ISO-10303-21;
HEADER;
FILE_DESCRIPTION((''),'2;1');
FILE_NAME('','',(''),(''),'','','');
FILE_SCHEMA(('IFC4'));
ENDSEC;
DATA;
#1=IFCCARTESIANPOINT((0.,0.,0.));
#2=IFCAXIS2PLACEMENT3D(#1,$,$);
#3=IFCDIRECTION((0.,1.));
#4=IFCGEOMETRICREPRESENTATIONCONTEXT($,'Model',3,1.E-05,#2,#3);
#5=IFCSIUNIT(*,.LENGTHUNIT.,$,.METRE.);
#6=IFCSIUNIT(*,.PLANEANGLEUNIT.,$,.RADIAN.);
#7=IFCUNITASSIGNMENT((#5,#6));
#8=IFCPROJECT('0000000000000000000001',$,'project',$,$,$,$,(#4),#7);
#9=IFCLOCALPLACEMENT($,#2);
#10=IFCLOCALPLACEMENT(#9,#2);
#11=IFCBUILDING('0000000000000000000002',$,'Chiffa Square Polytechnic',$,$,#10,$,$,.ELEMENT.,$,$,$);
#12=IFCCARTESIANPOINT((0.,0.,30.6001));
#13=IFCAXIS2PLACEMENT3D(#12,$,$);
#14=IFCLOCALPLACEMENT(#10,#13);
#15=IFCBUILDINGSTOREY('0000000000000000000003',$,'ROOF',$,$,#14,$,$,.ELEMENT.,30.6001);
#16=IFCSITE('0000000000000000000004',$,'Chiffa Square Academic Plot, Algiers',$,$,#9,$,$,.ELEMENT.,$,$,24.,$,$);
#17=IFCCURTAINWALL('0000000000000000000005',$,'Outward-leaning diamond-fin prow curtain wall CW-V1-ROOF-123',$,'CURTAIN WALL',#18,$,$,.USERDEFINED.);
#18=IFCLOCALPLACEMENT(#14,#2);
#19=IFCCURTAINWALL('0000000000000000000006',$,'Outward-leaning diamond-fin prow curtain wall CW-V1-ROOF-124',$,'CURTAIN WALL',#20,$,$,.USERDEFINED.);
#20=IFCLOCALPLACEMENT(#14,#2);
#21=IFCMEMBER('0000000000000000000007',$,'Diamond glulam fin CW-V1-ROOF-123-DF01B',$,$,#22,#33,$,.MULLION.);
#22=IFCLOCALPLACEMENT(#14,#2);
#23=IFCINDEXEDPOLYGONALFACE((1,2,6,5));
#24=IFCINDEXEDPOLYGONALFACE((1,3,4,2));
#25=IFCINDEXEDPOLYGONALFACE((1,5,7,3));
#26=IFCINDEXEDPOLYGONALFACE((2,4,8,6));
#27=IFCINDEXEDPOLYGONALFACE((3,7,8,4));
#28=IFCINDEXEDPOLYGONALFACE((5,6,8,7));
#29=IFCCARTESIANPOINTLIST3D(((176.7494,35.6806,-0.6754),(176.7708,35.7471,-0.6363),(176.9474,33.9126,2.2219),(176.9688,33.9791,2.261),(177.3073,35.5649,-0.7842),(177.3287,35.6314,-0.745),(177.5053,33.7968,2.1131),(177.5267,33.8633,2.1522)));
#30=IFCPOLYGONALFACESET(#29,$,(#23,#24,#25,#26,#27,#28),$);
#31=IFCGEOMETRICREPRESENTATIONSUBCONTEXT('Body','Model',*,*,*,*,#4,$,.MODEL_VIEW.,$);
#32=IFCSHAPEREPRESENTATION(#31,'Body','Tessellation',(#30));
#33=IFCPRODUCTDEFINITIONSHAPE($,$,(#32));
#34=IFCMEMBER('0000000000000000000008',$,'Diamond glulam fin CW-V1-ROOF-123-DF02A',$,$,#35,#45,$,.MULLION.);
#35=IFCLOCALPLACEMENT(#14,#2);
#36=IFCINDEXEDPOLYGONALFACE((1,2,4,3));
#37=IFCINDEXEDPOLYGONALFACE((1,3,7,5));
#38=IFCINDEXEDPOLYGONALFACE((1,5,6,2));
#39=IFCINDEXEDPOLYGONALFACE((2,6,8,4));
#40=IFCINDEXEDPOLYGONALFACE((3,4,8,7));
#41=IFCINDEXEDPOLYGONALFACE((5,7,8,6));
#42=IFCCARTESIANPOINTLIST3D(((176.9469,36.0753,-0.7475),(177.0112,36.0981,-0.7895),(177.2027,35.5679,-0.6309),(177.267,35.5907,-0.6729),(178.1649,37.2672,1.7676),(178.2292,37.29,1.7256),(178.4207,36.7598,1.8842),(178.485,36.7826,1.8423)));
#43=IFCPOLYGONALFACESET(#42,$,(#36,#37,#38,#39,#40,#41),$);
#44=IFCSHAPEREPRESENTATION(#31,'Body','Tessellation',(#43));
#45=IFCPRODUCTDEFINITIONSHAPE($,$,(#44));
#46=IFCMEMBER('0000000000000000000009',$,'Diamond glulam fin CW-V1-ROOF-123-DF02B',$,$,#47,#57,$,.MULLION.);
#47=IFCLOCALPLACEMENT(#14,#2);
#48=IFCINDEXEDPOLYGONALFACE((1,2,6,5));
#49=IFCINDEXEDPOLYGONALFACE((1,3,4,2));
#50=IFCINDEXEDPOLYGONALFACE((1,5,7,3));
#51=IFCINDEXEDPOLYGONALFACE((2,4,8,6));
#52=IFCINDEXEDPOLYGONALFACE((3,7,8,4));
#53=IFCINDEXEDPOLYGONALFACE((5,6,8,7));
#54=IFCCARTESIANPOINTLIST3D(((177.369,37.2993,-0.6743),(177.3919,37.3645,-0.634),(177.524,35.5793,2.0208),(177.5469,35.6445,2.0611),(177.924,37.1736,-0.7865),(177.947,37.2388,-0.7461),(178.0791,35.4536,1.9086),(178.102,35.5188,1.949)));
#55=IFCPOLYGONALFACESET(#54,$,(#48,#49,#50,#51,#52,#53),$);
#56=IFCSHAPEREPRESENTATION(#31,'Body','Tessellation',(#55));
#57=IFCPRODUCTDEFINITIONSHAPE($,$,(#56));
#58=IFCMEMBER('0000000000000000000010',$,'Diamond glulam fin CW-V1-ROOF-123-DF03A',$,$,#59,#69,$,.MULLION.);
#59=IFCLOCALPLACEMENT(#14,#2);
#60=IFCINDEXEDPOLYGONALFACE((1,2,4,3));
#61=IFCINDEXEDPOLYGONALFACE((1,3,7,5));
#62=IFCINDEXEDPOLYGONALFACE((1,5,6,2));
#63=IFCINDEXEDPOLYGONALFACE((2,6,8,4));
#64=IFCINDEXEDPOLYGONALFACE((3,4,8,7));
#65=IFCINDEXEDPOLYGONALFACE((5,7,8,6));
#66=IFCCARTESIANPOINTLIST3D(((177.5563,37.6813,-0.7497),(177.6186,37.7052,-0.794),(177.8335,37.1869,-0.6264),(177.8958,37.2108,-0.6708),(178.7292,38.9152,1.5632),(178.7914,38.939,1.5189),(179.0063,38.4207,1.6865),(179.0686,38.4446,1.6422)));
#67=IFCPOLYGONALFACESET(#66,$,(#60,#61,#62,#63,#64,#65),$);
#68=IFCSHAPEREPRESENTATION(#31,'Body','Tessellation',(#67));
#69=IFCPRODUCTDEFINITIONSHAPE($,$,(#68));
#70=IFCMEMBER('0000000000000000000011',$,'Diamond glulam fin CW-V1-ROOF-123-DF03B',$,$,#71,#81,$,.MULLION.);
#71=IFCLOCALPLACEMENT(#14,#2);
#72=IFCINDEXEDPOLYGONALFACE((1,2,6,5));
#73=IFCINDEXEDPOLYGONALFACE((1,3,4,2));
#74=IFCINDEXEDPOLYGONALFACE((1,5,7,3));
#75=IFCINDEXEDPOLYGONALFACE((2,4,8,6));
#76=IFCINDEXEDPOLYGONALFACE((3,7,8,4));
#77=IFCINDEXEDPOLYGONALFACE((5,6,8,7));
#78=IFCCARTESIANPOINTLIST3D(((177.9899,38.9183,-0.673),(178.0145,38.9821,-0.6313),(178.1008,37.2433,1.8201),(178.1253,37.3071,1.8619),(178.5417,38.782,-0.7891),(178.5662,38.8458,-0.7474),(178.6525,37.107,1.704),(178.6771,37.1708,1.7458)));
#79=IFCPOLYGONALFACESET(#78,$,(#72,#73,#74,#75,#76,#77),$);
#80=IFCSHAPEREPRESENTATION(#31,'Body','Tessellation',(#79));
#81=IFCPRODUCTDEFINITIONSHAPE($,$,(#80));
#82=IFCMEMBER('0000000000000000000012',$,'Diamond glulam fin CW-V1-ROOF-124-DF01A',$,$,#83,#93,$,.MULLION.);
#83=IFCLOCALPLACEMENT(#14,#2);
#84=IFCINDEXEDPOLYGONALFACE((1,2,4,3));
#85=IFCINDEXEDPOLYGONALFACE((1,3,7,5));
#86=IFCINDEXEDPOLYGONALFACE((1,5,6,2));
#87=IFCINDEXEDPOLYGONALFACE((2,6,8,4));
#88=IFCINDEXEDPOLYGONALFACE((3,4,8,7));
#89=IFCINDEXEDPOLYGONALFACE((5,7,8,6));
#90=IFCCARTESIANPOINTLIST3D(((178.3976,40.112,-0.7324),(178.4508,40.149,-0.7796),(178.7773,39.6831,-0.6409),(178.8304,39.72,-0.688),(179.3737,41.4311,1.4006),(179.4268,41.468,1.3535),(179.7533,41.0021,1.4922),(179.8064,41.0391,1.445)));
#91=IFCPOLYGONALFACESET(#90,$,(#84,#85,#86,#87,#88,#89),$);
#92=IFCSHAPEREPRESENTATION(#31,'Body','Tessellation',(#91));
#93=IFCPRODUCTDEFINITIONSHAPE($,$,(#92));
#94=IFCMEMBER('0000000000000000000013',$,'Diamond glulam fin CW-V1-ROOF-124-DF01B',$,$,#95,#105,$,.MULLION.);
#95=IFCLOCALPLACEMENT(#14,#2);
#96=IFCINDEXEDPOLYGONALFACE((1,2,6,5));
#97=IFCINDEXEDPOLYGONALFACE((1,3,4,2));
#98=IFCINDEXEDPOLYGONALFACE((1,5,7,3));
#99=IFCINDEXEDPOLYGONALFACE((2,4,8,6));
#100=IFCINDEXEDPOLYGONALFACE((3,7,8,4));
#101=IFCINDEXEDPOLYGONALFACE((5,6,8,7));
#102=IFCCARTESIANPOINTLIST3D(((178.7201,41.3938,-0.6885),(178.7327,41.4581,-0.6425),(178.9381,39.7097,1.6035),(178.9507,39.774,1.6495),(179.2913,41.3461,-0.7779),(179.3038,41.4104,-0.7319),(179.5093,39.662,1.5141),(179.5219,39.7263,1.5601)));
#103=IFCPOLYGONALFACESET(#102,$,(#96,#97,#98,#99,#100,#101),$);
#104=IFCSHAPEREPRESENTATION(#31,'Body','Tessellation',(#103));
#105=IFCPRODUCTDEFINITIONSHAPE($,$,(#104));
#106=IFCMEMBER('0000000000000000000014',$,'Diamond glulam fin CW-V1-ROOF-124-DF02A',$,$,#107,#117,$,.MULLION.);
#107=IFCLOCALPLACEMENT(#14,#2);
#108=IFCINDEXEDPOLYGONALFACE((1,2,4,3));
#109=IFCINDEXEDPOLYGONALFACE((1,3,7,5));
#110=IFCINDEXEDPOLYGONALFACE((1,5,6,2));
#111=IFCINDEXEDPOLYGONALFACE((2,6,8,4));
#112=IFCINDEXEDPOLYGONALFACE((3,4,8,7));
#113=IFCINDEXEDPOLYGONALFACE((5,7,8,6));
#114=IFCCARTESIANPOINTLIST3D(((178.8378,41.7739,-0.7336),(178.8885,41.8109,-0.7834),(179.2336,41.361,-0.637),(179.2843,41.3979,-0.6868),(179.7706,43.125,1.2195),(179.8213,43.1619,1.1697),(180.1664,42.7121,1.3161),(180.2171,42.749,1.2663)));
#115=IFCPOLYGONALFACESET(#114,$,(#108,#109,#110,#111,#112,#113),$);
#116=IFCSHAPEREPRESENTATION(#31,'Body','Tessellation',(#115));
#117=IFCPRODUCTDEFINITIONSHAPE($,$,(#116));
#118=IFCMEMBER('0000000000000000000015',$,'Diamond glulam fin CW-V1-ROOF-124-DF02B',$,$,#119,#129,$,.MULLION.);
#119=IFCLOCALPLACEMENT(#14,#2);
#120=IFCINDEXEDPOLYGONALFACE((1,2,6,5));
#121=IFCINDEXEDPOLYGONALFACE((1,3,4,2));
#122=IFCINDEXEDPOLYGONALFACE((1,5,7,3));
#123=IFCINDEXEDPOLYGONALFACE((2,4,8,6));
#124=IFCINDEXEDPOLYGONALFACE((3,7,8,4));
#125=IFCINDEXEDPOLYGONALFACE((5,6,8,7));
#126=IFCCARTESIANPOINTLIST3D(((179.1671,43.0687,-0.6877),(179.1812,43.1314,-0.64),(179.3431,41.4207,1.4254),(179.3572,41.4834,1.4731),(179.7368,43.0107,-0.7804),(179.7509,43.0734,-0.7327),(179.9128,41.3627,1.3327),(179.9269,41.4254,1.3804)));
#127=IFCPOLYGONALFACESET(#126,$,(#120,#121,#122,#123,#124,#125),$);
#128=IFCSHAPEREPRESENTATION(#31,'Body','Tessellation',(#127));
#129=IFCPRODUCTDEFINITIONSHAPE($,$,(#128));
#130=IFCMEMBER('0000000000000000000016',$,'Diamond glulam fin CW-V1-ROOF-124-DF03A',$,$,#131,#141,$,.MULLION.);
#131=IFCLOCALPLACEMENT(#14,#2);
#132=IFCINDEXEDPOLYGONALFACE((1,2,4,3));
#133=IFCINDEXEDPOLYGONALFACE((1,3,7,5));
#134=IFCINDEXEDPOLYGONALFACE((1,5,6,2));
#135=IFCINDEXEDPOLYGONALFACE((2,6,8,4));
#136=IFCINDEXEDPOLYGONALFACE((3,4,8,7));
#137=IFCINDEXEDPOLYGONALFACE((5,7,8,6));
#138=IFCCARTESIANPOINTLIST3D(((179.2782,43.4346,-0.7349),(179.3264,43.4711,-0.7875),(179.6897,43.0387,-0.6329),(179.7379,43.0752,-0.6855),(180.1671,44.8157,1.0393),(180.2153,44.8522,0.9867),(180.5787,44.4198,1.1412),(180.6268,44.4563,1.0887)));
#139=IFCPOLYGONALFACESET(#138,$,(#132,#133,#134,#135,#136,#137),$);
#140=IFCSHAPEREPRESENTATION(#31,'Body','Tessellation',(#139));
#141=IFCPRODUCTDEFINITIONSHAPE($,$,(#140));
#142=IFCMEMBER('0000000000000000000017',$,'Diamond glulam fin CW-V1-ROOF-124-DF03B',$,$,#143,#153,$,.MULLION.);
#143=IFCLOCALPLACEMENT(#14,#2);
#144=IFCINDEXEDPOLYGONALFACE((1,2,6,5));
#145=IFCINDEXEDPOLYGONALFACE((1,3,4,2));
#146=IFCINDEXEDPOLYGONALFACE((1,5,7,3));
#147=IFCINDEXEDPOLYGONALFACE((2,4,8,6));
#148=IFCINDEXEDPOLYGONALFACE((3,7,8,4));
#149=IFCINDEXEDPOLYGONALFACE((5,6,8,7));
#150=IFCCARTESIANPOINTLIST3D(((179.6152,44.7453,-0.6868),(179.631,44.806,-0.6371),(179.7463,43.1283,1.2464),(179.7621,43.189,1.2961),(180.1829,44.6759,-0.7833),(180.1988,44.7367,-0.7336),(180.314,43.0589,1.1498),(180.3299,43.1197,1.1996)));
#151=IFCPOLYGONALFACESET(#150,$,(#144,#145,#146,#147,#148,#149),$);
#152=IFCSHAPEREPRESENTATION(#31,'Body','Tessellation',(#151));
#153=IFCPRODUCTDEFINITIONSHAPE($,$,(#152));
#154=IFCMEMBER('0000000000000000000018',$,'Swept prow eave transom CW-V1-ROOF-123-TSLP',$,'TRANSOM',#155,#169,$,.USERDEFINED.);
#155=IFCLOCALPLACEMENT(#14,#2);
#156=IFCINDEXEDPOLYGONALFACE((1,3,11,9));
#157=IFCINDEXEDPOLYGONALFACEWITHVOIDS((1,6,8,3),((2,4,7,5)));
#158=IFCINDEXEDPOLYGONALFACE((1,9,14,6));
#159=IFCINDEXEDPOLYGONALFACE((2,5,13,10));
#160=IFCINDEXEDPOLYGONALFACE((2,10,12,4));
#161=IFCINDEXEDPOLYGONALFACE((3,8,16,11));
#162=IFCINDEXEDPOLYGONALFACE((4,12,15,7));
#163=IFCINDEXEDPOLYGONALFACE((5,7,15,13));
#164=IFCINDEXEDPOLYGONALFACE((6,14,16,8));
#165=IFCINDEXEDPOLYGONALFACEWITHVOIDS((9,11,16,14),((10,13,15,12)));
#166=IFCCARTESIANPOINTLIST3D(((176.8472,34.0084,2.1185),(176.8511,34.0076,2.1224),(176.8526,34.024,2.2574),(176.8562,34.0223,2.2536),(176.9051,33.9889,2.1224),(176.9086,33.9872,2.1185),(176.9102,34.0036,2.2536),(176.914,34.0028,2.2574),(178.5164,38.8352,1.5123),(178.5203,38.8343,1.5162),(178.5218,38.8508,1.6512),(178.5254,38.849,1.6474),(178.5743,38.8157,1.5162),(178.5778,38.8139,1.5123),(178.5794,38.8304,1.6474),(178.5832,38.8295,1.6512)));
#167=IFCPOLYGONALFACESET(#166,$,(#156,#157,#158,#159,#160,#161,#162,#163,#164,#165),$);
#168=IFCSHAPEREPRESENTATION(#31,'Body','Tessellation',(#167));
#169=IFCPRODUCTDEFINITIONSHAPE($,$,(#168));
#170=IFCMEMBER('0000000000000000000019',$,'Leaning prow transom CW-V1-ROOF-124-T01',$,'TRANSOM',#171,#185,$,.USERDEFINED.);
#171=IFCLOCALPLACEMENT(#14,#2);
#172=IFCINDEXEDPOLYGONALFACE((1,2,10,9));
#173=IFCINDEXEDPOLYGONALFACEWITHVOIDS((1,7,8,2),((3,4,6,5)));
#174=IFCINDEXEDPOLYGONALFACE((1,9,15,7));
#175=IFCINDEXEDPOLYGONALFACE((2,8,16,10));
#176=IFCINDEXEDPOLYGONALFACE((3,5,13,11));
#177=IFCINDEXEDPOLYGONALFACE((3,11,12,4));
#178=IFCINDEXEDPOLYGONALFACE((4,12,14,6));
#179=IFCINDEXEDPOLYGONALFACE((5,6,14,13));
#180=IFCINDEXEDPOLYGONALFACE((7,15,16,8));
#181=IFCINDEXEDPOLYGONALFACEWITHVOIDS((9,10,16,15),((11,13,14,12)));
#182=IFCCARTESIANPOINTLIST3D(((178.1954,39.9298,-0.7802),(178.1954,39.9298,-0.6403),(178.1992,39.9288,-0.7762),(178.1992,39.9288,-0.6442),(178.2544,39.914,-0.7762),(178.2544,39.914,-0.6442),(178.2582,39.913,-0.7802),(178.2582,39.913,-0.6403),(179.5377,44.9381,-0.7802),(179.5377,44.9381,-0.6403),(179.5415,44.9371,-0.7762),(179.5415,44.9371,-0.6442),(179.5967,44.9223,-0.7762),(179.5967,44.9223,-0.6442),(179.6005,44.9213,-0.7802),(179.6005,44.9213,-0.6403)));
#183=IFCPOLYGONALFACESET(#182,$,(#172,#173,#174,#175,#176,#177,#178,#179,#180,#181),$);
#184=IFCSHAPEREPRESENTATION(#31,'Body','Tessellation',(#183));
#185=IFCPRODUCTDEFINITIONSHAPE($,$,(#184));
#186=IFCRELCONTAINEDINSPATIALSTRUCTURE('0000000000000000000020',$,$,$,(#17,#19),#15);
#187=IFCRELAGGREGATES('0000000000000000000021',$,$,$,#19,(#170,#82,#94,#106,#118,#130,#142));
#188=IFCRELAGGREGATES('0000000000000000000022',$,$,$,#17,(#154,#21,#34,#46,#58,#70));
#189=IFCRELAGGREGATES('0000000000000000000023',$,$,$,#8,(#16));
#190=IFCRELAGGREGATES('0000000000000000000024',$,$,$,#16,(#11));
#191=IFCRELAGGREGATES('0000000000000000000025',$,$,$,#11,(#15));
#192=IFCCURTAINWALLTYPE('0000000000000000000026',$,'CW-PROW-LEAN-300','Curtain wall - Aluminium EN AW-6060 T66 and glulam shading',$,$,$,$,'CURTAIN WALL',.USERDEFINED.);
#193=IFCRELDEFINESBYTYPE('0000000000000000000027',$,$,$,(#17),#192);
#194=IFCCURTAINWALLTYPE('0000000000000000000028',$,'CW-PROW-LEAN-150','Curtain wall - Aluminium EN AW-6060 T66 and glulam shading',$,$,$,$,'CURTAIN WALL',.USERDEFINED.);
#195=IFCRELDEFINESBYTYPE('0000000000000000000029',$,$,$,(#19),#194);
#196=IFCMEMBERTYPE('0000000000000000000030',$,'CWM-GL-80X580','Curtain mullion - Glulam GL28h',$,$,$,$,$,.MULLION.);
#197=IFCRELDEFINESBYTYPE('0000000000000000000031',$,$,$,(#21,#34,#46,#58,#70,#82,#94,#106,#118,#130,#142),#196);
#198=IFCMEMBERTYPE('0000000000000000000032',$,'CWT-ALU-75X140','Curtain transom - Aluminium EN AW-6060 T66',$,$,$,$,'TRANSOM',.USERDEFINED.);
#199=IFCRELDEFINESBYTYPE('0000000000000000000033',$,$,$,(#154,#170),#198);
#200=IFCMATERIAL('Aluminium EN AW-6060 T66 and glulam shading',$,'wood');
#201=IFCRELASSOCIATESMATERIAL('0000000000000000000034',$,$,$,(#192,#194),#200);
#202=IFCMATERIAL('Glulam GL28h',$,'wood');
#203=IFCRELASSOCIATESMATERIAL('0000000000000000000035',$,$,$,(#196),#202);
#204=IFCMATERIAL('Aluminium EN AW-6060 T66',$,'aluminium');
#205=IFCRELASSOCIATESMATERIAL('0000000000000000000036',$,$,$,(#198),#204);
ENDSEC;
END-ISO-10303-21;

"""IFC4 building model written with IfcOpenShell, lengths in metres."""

from ifc_helpers import new_model, si_unit, direction, frame, origin, origin_2d, place, context, subcontext, project, spatial, rectangle, hollow_rectangle, extrude, material, material_profile, profile_set, type_object, element, aggregate, save


model = new_model("IFC4")

# Units and contexts
model_context = context("Model", 3, precision=1e-05, world=origin(), true_north=direction((0.0, 1.0)))
body_context = subcontext(model_context, "Body", "Model", "MODEL_VIEW")
ifc_project = project(units=[si_unit("LENGTHUNIT", "METRE"), si_unit("PLANEANGLEUNIT", "RADIAN")], contexts=[model_context])

# Site, building, storey
site_placement = place(None, origin())
site = spatial("IfcSite", under=ifc_project, at=site_placement, Name="Chiffa Square Academic Plot, Algiers", CompositionType="ELEMENT", RefElevation=24.0)
building_placement = place(site_placement, origin())
building = spatial("IfcBuilding", under=site, at=building_placement, Name="Chiffa Square Polytechnic", CompositionType="ELEMENT")
storey_placement = place(building_placement, frame((0.0, 0.0, 30.6001)))
storey = spatial("IfcBuildingStorey", under=building, at=storey_placement, Name="ROOF", CompositionType="ELEMENT", Elevation=30.6001)

# Curtain walls
ifc_material_1 = material(Name="Aluminium EN AW-6060 T66 and glulam shading", Category="wood")
curtain_wall_type_1 = type_object("IfcCurtainWallType", Name="CW-PROW-LEAN-300", Description="Curtain wall - Aluminium EN AW-6060 T66 and glulam shading", ElementType="CURTAIN WALL", PredefinedType="USERDEFINED", material=ifc_material_1)
curtain_wall_1_placement = place(storey_placement, origin())
curtain_wall_1 = element("IfcCurtainWall", 1, at=curtain_wall_1_placement, inside=storey, type_object=curtain_wall_type_1, Name="Outward-leaning diamond-fin prow curtain wall CW-V1-ROOF-123", ObjectType="CURTAIN WALL", PredefinedType="USERDEFINED")
ifc_material_2 = material(Name="Aluminium EN AW-6060 T66", Category="aluminium")
curtain_wall_type_2 = type_object("IfcCurtainWallType", Name="CW-PROW-LEAN-150", Description="Curtain wall - Aluminium EN AW-6060 T66 and glulam shading", ElementType="CURTAIN WALL", PredefinedType="USERDEFINED", material=ifc_material_1)
curtain_wall_2_placement = place(storey_placement, origin())
curtain_wall_2 = element("IfcCurtainWall", 2, at=curtain_wall_2_placement, inside=storey, type_object=curtain_wall_type_2, Name="Outward-leaning diamond-fin prow curtain wall CW-V1-ROOF-124", ObjectType="CURTAIN WALL", PredefinedType="USERDEFINED")

# Members
ifc_material_3 = material(Name="Glulam GL28h", Category="wood")
ifc_material_profile_1 = material_profile(ifc_material_3, rectangle(XDim=0.0801, YDim=0.5801, at=origin_2d()), Name="GL28h 80x580")
ifc_profile_set_1 = profile_set([ifc_material_profile_1], Name="Glulam GL28h")
member_type_1 = type_object("IfcMemberType", Name="CWM-GL-80X580", Description="Curtain mullion - Glulam GL28h", PredefinedType="MULLION", material=ifc_profile_set_1)
member_1_placement = place(storey_placement, frame((177.0391, 35.656, -0.7102), z_axis=(0.058237, -0.520039, 0.852155), x_axis=(0.267604, 0.830496, 0.488533)))
member_1 = element("IfcMember", 3, at=member_1_placement, type_object=member_type_1, Name="Diamond glulam fin CW-V1-ROOF-123-DF01B", PredefinedType="MULLION", context=body_context, shape_type="SweptSolid", body=[
    extrude(rectangle(XDim=0.0801, YDim=0.5801, at=origin_2d()), origin(), (0.0, 0.0, 1.0), 3.3999),
])
member_2_placement = place(storey_placement, frame((177.1069, 35.833, -0.7102), z_axis=(0.400913, 0.392315, 0.827863), x_axis=(-0.803041, -0.284414, 0.523673)))
member_2 = element("IfcMember", 4, at=member_2_placement, type_object=member_type_1, Name="Diamond glulam fin CW-V1-ROOF-123-DF02A", PredefinedType="MULLION", context=body_context, shape_type="SweptSolid", body=[
    extrude(rectangle(XDim=0.0801, YDim=0.5801, at=origin_2d()), origin(), (0.0, 0.0, 1.0), 3.0381),
])
member_3_placement = place(storey_placement, frame((177.658, 37.269, -0.7102), z_axis=(0.048433, -0.537341, 0.841973), x_axis=(0.286357, 0.815047, 0.503684)))
member_3 = element("IfcMember", 5, at=member_3_placement, type_object=member_type_1, Name="Diamond glulam fin CW-V1-ROOF-123-DF02B", PredefinedType="MULLION", context=body_context, shape_type="SweptSolid", body=[
    extrude(rectangle(XDim=0.0801, YDim=0.5801, at=origin_2d()), origin(), (0.0, 0.0, 1.0), 3.2009),
])
member_4_placement = place(storey_placement, frame((177.7261, 37.446, -0.7102), z_axis=(0.408385, 0.429637, 0.805378), x_axis=(-0.777761, -0.298072, 0.55339)))
member_4 = element("IfcMember", 6, at=member_4_placement, type_object=member_type_1, Name="Diamond glulam fin CW-V1-ROOF-123-DF03A", PredefinedType="MULLION", context=body_context, shape_type="SweptSolid", body=[
    extrude(rectangle(XDim=0.0801, YDim=0.5801, at=origin_2d()), origin(), (0.0, 0.0, 1.0), 2.8718),
])
member_5_placement = place(storey_placement, frame((178.2781, 38.8821, -0.7102), z_axis=(0.036877, -0.5573, 0.829492), x_axis=(0.306455, 0.79637, 0.521422)))
member_5 = element("IfcMember", 7, at=member_5_placement, type_object=member_type_1, Name="Diamond glulam fin CW-V1-ROOF-123-DF03B", PredefinedType="MULLION", context=body_context, shape_type="SweptSolid", body=[
    extrude(rectangle(XDim=0.0801, YDim=0.5801, at=origin_2d()), origin(), (0.0, 0.0, 1.0), 3.0056),
])
member_6_placement = place(storey_placement, frame((178.614, 39.916, -0.7102), z_axis=(0.362689, 0.490147, 0.792599), x_axis=(-0.663444, -0.461476, 0.588967)))
member_6 = element("IfcMember", 8, at=member_6_placement, type_object=member_type_1, Name="Diamond glulam fin CW-V1-ROOF-124-DF01A", PredefinedType="MULLION", context=body_context, shape_type="SweptSolid", body=[
    extrude(rectangle(XDim=0.0801, YDim=0.5801, at=origin_2d()), origin(), (0.0, 0.0, 1.0), 2.6912),
])
member_7_placement = place(storey_placement, frame((179.012, 41.4021, -0.7102), z_axis=(0.07643, -0.590383, 0.803496), x_axis=(0.157034, 0.802924, 0.575025)))
member_7 = element("IfcMember", 9, at=member_7_placement, type_object=member_type_1, Name="Diamond glulam fin CW-V1-ROOF-124-DF01B", PredefinedType="MULLION", context=body_context, shape_type="SweptSolid", body=[
    extrude(rectangle(XDim=0.0801, YDim=0.5801, at=origin_2d()), origin(), (0.0, 0.0, 1.0), 2.8525),
])
member_8_placement = place(storey_placement, frame((179.061, 41.5859, -0.7102), z_axis=(0.365608, 0.529514, 0.765471), x_axis=(-0.633089, -0.461389, 0.621545)))
member_8 = element("IfcMember", 10, at=member_8_placement, type_object=member_type_1, Name="Diamond glulam fin CW-V1-ROOF-124-DF02A", PredefinedType="MULLION", context=body_context, shape_type="SweptSolid", body=[
    extrude(rectangle(XDim=0.0801, YDim=0.5801, at=origin_2d()), origin(), (0.0, 0.0, 1.0), 2.5515),
])
member_9_placement = place(storey_placement, frame((179.459, 43.071, -0.7102), z_axis=(0.065548, -0.613658, 0.786846), x_axis=(0.176631, 0.783225, 0.59612)))
member_9 = element("IfcMember", 11, at=member_9_placement, type_object=member_type_1, Name="Diamond glulam fin CW-V1-ROOF-124-DF02B", PredefinedType="MULLION", context=body_context, shape_type="SweptSolid", body=[
    extrude(rectangle(XDim=0.0801, YDim=0.5801, at=origin_2d()), origin(), (0.0, 0.0, 1.0), 2.6855),
])
member_10_placement = place(storey_placement, frame((179.5081, 43.2549, -0.7102), z_axis=(0.367669, 0.571246, 0.733824), x_axis=(-0.601261, -0.455958, 0.656192)))
member_10 = element("IfcMember", 12, at=member_10_placement, type_object=member_type_1, Name="Diamond glulam fin CW-V1-ROOF-124-DF03A", PredefinedType="MULLION", context=body_context, shape_type="SweptSolid", body=[
    extrude(rectangle(XDim=0.0801, YDim=0.5801, at=origin_2d()), origin(), (0.0, 0.0, 1.0), 2.4177),
])
member_11_placement = place(storey_placement, frame((179.907, 44.741, -0.7102), z_axis=(0.051951, -0.640727, 0.766009), x_axis=(0.198176, 0.758404, 0.620926)))
member_11 = element("IfcMember", 13, at=member_11_placement, type_object=member_type_1, Name="Diamond glulam fin CW-V1-ROOF-124-DF03B", PredefinedType="MULLION", context=body_context, shape_type="SweptSolid", body=[
    extrude(rectangle(XDim=0.0801, YDim=0.5801, at=origin_2d()), origin(), (0.0, 0.0, 1.0), 2.5237),
])
ifc_material_profile_2 = material_profile(ifc_material_2, hollow_rectangle(XDim=0.0649, YDim=0.1399, WallThickness=0.0039, at=origin_2d()), Name="ALU 65x140x4")
ifc_profile_set_2 = profile_set([ifc_material_profile_2], Name="Aluminium EN AW-6060 T66")
member_type_2 = type_object("IfcMemberType", Name="CWT-ALU-75X140", Description="Curtain transom - Aluminium EN AW-6060 T66", ElementType="TRANSOM", PredefinedType="USERDEFINED", material=ifc_profile_set_2)
member_12_placement = place(storey_placement, frame((176.8806, 34.0056, 2.188), z_axis=(0.324556, 0.938493, -0.117869), x_axis=(-0.945082, 0.326835, 0.0)))
member_12 = element("IfcMember", 14, at=member_12_placement, type_object=member_type_2, Name="Swept prow eave transom CW-V1-ROOF-123-TSLP", ObjectType="TRANSOM", PredefinedType="USERDEFINED", context=body_context, shape_type="SweptSolid", body=[
    extrude(hollow_rectangle(XDim=0.0649, YDim=0.1399, WallThickness=0.0039, at=origin_2d()), origin(), (0.0, 0.0, 1.0), 5.1431),
])
member_13_placement = place(storey_placement, frame((178.2268, 39.9214, -0.7102), z_axis=(0.258876, 0.965911, 0.0), x_axis=(-0.965911, 0.258876, 0.0)))
member_13 = element("IfcMember", 15, at=member_13_placement, type_object=member_type_2, Name="Leaning prow transom CW-V1-ROOF-124-T01", ObjectType="TRANSOM", PredefinedType="USERDEFINED", context=body_context, shape_type="SweptSolid", body=[
    extrude(hollow_rectangle(XDim=0.0649, YDim=0.1399, WallThickness=0.0039, at=origin_2d()), origin(), (0.0, 0.0, 1.0), 5.1851),
])

aggregate(curtain_wall_2, [member_13, member_6, member_7, member_8, member_9, member_10, member_11])
aggregate(curtain_wall_1, [member_12, member_1, member_2, member_3, member_4, member_5])

save(model, "model.ifc")
